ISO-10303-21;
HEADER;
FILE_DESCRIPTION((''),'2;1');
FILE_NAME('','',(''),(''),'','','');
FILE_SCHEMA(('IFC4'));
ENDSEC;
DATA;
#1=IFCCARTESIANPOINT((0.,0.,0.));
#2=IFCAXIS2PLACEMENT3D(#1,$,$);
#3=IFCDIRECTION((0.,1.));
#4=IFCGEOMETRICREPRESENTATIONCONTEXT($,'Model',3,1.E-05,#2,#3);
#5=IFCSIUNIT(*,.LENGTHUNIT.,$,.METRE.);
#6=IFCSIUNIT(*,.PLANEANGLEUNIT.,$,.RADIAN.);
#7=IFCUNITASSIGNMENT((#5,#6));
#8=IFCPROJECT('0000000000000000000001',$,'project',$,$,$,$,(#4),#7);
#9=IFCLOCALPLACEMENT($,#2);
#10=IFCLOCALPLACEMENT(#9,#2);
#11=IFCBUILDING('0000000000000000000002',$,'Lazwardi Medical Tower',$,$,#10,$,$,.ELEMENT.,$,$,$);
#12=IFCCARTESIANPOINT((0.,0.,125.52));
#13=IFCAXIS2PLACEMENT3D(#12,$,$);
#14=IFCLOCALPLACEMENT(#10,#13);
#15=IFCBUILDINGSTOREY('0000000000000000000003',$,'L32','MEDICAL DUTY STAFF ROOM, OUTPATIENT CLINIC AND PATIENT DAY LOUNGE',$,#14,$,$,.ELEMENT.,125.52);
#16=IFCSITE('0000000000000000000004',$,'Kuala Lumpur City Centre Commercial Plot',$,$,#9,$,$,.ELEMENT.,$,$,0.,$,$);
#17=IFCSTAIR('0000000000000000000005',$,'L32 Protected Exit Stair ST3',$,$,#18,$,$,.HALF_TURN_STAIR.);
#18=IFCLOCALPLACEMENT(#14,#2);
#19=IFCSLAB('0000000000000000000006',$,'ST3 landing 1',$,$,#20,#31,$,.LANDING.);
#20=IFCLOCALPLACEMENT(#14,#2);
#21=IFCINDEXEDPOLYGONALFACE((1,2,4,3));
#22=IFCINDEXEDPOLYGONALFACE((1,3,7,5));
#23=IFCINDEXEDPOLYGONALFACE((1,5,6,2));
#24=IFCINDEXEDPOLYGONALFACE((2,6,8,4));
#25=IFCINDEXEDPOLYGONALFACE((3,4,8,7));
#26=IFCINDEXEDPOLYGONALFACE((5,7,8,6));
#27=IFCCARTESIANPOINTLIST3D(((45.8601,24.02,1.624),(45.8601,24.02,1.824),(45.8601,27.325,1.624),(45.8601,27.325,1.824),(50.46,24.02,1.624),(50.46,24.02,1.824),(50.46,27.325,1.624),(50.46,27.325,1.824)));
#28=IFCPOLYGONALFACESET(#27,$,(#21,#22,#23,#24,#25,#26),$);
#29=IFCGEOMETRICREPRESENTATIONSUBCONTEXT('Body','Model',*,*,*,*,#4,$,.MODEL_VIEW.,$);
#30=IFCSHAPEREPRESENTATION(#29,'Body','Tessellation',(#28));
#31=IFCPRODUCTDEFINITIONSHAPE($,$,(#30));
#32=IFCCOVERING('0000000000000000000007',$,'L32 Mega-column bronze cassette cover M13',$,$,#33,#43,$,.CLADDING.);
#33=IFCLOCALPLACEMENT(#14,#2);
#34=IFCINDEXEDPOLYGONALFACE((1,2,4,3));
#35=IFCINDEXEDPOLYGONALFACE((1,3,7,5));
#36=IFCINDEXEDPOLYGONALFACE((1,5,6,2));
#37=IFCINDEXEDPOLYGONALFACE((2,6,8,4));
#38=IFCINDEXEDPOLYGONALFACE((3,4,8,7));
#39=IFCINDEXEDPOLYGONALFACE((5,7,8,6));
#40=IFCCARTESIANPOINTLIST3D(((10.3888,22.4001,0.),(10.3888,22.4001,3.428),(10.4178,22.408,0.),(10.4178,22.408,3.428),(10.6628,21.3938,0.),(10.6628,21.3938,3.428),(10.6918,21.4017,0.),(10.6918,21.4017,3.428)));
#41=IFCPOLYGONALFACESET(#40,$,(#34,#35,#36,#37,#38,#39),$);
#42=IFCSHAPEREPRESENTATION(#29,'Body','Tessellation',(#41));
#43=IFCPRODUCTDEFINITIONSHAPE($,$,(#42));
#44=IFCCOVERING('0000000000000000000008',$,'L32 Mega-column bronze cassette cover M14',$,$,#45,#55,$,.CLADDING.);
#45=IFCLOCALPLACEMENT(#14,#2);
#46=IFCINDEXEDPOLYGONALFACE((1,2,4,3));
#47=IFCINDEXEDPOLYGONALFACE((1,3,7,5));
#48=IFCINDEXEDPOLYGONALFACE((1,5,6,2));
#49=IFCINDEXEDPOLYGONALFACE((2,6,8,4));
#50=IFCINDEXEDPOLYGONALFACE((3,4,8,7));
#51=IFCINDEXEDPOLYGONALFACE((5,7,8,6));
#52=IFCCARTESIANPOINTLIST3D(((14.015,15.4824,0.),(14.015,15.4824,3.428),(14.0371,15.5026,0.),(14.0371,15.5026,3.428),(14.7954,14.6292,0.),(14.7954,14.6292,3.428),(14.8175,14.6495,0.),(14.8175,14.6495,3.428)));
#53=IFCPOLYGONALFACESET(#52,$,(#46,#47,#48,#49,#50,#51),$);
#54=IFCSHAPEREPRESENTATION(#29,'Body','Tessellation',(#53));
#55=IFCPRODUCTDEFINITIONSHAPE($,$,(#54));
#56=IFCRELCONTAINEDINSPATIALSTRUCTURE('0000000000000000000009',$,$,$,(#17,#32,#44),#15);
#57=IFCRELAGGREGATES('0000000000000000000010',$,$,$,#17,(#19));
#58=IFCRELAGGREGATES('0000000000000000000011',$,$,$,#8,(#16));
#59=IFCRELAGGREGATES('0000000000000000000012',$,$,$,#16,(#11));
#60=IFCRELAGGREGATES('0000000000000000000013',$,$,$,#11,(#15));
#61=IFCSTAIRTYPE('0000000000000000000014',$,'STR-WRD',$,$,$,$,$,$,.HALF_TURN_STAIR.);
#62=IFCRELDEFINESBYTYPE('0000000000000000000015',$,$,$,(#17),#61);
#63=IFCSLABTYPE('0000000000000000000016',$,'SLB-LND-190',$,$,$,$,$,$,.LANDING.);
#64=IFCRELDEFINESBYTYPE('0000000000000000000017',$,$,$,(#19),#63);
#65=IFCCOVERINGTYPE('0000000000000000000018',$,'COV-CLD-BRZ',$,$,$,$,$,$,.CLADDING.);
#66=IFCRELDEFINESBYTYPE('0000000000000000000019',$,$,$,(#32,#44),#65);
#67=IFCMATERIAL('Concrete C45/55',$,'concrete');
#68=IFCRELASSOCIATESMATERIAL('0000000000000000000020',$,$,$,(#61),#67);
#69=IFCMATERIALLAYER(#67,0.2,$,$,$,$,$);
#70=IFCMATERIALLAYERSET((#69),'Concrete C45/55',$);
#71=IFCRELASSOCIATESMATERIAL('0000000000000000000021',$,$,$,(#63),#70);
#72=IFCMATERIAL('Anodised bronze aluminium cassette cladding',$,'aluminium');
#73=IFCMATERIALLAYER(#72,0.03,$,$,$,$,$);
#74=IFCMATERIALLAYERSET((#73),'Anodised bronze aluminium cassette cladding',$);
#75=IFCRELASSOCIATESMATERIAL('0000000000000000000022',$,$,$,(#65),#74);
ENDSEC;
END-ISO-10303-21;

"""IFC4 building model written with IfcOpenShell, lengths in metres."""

from ifc_helpers import new_model, si_unit, direction, frame, origin, origin_2d, place, context, subcontext, project, spatial, polyline, rectangle, outline, extrude, material, layer, layer_set, type_object, element, aggregate, save


model = new_model("IFC4")

# Units and contexts
model_context = context("Model", 3, precision=1e-05, world=origin(), true_north=direction((0.0, 1.0)))
body_context = subcontext(model_context, "Body", "Model", "MODEL_VIEW")
ifc_project = project(units=[si_unit("LENGTHUNIT", "METRE"), si_unit("PLANEANGLEUNIT", "RADIAN")], contexts=[model_context])

# Site, building, storey
site_placement = place(None, origin())
site = spatial("IfcSite", under=ifc_project, at=site_placement, Name="Kuala Lumpur City Centre Commercial Plot", CompositionType="ELEMENT", RefElevation=0.0)
building_placement = place(site_placement, origin())
building = spatial("IfcBuilding", under=site, at=building_placement, Name="Lazwardi Medical Tower", CompositionType="ELEMENT")
storey_placement = place(building_placement, frame((0.0, 0.0, 125.52)))
storey = spatial("IfcBuildingStorey", under=building, at=storey_placement, Name="L32", Description="MEDICAL DUTY STAFF ROOM, OUTPATIENT CLINIC AND PATIENT DAY LOUNGE", CompositionType="ELEMENT", Elevation=125.52)

# Stair, slab
ifc_material_1 = material(Name="Concrete C45/55", Category="concrete")
stair_type = type_object("IfcStairType", Name="STR-WRD", PredefinedType="HALF_TURN_STAIR", material=ifc_material_1)
ifc_layer_1 = layer(ifc_material_1, 0.2)
ifc_layer_set_1 = layer_set([ifc_layer_1], Name="Concrete C45/55")
slab_type = type_object("IfcSlabType", Name="SLB-LND-190", PredefinedType="LANDING", material=ifc_layer_set_1)
stair_1_placement = place(storey_placement, origin())
stair_1 = element("IfcStair", 1, at=stair_1_placement, inside=storey, type_object=stair_type, Name="L32 Protected Exit Stair ST3", PredefinedType="HALF_TURN_STAIR")
slab_1_placement = place(storey_placement, frame((0.0, 0.0, 1.624)))
slab_1 = element("IfcSlab", 2, at=slab_1_placement, type_object=slab_type, Name="ST3 landing 1", PredefinedType="LANDING", context=body_context, shape_type="SweptSolid", body=[
    extrude(outline(polyline([(45.8601, 27.325), (45.8601, 24.02), (50.46, 24.02), (50.46, 27.325), (45.8601, 27.325)])), origin(), (0.0, 0.0, 1.0), 0.2),
])
aggregate(stair_1, [slab_1])

# Coverings
ifc_material_2 = material(Name="Anodised bronze aluminium cassette cladding", Category="aluminium")
ifc_layer_2 = layer(ifc_material_2, 0.03)
ifc_layer_set_2 = layer_set([ifc_layer_2], Name="Anodised bronze aluminium cassette cladding")
covering_type = type_object("IfcCoveringType", Name="COV-CLD-BRZ", PredefinedType="CLADDING", material=ifc_layer_set_2)
covering_1_placement = place(storey_placement, frame((10.5403, 21.9009, 0.0), z_axis=(0.0, 0.0, 1.0), x_axis=(0.262696, -0.964879, 0.0)))
element("IfcCovering", 3, at=covering_1_placement, inside=storey, type_object=covering_type, Name="L32 Mega-column bronze cassette cover M13", PredefinedType="CLADDING", context=body_context, shape_type="SweptSolid", body=[
    extrude(rectangle(XDim=1.043, YDim=0.03, at=origin_2d()), origin(), (0.0, 0.0, 1.0), 3.428),
])
covering_2_placement = place(storey_placement, frame((14.4163, 15.0659, 0.0), z_axis=(0.0, 0.0, 1.0), x_axis=(0.674926, -0.737885, 0.0)))
element("IfcCovering", 4, at=covering_2_placement, inside=storey, type_object=covering_type, Name="L32 Mega-column bronze cassette cover M14", PredefinedType="CLADDING", context=body_context, shape_type="SweptSolid", body=[
    extrude(rectangle(XDim=1.1562, YDim=0.03, at=origin_2d()), origin(), (0.0, 0.0, 1.0), 3.428),
])

save(model, "model.ifc")
